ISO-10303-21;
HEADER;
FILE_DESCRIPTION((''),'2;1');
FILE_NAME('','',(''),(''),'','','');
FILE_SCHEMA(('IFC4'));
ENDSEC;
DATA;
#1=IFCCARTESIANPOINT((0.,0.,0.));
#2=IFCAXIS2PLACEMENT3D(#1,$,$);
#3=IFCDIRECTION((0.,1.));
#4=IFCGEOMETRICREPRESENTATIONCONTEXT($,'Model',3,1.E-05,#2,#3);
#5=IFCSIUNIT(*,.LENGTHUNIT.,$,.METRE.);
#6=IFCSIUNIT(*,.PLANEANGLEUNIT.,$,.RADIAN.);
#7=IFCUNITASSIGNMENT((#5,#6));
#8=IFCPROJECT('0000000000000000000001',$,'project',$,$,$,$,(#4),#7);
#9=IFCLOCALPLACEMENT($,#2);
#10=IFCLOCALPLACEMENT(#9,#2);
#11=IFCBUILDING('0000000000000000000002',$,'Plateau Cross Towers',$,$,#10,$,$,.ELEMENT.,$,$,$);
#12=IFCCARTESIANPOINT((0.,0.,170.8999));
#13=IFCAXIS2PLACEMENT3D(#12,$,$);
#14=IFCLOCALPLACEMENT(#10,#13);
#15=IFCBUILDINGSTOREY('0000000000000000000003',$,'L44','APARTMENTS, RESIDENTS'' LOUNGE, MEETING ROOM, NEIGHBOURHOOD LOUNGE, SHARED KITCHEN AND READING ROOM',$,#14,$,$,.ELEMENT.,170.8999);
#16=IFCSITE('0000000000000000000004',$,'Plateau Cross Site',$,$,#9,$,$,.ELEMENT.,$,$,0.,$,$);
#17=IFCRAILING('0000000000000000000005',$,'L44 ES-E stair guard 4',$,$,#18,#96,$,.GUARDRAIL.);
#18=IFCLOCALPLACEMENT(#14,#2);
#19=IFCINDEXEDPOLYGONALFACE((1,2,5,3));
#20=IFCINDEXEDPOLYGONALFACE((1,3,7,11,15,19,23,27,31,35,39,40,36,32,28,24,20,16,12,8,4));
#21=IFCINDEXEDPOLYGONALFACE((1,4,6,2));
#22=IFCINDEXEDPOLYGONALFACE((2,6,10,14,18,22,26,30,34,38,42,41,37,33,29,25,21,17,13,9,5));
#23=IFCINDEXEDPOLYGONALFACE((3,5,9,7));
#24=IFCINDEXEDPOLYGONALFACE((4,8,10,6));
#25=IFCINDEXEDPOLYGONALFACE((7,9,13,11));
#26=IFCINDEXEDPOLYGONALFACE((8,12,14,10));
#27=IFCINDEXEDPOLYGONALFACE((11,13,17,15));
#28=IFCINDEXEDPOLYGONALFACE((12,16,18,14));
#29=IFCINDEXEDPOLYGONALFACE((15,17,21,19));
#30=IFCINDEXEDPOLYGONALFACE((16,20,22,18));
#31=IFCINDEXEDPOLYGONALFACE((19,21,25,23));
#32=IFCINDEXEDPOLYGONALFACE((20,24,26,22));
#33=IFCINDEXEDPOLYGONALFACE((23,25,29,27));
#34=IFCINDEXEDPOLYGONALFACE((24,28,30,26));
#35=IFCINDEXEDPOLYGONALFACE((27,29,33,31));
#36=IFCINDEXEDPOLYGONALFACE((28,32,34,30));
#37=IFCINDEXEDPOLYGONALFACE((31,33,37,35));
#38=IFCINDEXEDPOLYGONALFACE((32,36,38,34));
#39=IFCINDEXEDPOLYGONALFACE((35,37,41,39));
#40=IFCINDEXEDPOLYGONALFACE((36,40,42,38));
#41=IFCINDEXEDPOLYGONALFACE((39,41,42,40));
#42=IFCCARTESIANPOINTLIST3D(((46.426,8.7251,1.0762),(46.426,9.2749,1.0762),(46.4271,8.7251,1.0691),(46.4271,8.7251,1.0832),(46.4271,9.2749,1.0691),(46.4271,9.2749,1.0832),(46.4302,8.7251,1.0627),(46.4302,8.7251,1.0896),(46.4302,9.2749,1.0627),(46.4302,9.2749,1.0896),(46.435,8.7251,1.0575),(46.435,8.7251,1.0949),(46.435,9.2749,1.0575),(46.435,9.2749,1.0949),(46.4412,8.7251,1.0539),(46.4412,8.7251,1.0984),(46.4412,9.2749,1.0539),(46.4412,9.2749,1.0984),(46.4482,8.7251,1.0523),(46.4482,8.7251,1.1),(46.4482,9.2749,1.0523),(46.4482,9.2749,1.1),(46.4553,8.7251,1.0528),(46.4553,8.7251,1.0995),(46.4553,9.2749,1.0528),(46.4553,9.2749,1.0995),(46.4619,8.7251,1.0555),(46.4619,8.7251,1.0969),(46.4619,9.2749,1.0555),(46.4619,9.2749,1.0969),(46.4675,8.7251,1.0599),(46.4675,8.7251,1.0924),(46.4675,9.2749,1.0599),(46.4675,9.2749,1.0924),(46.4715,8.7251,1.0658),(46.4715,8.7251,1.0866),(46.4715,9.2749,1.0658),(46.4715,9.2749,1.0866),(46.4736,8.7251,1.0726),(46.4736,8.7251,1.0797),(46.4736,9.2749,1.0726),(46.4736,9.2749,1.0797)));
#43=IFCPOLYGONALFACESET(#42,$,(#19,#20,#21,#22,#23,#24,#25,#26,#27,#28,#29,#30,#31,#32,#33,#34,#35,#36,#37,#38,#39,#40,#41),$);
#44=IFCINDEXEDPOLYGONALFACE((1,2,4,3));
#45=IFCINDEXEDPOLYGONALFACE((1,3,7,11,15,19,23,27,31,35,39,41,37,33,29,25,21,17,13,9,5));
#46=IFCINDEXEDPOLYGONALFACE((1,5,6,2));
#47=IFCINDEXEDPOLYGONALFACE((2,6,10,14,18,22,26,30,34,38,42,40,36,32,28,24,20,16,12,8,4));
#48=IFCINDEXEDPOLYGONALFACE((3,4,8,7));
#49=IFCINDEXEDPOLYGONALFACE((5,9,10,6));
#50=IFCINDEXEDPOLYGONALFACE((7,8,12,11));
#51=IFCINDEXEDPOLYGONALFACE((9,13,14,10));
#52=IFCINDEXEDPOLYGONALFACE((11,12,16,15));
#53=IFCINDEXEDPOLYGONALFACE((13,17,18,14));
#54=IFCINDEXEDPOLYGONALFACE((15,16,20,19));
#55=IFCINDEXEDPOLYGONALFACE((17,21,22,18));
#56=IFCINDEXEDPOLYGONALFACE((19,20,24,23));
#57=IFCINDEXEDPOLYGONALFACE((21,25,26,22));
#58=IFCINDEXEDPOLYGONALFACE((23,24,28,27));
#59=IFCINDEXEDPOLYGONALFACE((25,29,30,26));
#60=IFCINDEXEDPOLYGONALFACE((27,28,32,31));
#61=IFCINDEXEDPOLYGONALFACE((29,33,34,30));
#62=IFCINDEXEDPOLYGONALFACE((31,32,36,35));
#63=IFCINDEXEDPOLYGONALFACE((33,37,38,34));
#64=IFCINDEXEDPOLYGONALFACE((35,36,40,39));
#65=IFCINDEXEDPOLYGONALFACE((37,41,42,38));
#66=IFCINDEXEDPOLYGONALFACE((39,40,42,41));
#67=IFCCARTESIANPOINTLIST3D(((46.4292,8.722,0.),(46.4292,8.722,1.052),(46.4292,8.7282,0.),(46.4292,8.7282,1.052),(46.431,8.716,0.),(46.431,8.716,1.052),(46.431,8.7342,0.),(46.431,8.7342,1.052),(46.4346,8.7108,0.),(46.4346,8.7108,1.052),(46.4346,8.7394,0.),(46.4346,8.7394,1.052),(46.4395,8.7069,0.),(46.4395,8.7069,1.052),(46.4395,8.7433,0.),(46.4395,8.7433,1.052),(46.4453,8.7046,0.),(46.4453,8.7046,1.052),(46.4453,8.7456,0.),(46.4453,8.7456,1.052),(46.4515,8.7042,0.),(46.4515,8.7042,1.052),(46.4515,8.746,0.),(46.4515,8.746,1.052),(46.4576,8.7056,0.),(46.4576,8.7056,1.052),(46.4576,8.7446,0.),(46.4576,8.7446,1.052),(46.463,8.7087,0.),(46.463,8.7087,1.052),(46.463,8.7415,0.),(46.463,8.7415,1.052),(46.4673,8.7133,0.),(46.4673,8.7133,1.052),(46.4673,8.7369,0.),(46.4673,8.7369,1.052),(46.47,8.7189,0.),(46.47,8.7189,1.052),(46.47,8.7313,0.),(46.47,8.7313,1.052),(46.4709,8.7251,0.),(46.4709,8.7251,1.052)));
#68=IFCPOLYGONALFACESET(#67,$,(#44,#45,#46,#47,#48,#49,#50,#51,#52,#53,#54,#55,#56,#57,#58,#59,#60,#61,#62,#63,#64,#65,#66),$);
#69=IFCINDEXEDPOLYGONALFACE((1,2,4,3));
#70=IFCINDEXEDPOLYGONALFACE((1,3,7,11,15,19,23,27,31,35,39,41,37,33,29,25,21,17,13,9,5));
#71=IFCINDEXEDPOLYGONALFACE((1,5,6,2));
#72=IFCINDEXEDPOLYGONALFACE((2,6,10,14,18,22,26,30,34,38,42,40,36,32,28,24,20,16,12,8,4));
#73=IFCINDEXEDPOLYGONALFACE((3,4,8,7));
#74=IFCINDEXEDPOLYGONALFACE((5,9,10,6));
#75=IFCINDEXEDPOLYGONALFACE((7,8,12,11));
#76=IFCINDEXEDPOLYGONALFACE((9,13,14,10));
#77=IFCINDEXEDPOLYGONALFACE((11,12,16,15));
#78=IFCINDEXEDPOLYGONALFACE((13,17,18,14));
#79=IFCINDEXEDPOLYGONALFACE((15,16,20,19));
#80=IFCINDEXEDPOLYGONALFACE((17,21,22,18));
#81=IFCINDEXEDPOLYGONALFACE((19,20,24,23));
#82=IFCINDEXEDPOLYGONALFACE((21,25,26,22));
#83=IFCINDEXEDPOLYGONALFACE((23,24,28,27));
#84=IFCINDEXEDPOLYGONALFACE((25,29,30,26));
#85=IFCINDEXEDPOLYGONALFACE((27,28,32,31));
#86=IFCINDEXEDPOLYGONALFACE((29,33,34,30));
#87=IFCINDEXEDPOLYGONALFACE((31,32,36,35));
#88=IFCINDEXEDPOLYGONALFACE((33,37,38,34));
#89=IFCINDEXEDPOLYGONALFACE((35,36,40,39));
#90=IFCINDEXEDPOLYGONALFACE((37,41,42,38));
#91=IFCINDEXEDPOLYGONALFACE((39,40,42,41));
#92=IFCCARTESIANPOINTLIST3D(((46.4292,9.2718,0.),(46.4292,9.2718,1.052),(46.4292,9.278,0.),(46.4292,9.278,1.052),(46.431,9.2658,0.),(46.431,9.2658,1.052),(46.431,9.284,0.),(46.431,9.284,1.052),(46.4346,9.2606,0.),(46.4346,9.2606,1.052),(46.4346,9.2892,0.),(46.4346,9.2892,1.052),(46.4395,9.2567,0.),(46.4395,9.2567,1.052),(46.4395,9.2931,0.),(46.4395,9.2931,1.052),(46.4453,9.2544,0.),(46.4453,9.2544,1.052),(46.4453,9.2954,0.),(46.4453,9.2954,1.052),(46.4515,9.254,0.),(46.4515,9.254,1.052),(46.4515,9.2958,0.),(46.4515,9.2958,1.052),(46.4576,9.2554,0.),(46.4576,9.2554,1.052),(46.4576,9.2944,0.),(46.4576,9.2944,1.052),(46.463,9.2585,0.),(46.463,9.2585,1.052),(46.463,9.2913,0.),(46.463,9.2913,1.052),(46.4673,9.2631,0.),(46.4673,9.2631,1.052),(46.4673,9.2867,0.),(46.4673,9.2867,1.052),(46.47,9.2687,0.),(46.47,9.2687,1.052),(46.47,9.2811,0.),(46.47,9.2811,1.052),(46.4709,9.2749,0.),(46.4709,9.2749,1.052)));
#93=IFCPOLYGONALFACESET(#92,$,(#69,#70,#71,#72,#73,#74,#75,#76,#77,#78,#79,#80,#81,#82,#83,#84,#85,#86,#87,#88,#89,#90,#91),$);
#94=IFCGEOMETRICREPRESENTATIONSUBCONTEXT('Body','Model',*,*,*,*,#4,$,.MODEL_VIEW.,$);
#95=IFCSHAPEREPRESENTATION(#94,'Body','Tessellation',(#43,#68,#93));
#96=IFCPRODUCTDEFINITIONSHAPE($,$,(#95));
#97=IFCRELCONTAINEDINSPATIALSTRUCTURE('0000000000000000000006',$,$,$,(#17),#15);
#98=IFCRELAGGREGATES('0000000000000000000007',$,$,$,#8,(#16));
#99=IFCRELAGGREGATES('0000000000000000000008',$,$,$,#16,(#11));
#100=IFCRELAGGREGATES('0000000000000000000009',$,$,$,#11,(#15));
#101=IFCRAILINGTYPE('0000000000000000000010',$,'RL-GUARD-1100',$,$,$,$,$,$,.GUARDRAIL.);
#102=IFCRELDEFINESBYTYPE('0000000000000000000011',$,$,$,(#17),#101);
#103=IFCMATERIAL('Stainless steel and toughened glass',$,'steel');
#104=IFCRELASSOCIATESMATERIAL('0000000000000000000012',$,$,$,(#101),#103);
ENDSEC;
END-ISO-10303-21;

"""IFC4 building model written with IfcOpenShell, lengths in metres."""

from ifc_helpers import new_model, si_unit, direction, frame, origin, origin_2d, place, context, subcontext, project, spatial, circle, extrude, material, type_object, element, save


model = new_model("IFC4")

# Units and contexts
model_context = context("Model", 3, precision=1e-05, world=origin(), true_north=direction((0.0, 1.0)))
body_context = subcontext(model_context, "Body", "Model", "MODEL_VIEW")
ifc_project = project(units=[si_unit("LENGTHUNIT", "METRE"), si_unit("PLANEANGLEUNIT", "RADIAN")], contexts=[model_context])

# Site, building, storey
site_placement = place(None, origin())
site = spatial("IfcSite", under=ifc_project, at=site_placement, Name="Plateau Cross Site", CompositionType="ELEMENT", RefElevation=0.0)
building_placement = place(site_placement, origin())
building = spatial("IfcBuilding", under=site, at=building_placement, Name="Plateau Cross Towers", CompositionType="ELEMENT")
storey_placement = place(building_placement, frame((0.0, 0.0, 170.8999)))
storey = spatial("IfcBuildingStorey", under=building, at=storey_placement, Name="L44", Description="APARTMENTS, RESIDENTS' LOUNGE, MEETING ROOM, NEIGHBOURHOOD LOUNGE, SHARED KITCHEN AND READING ROOM", CompositionType="ELEMENT", Elevation=170.8999)

# Railing
ifc_material_1 = material(Name="Stainless steel and toughened glass", Category="steel")
railing_type_1 = type_object("IfcRailingType", Name="RL-GUARD-1100", PredefinedType="GUARDRAIL", material=ifc_material_1)
railing_1_placement = place(storey_placement, frame((46.45, 8.7251, 0.0)))
element("IfcRailing", 1, at=railing_1_placement, inside=storey, type_object=railing_type_1, Name="L44 ES-E stair guard 4", PredefinedType="GUARDRAIL", context=body_context, shape_type="SweptSolid", body=[
    extrude(circle(Radius=0.0239, at=origin_2d()), frame((0.0, 0.0, 1.0762), z_axis=(0.0, 1.0, 0.0), x_axis=(-1.0, 0.0, 0.0)), (0.0, 0.0, 1.0), 0.5498),
    extrude(circle(Radius=0.021, at=origin_2d()), origin(), (0.0, 0.0, 1.0), 1.052),
    extrude(circle(Radius=0.021, at=origin_2d()), frame((0.0, 0.5498, 0.0)), (0.0, 0.0, 1.0), 1.052),
])

save(model, "model.ifc")
